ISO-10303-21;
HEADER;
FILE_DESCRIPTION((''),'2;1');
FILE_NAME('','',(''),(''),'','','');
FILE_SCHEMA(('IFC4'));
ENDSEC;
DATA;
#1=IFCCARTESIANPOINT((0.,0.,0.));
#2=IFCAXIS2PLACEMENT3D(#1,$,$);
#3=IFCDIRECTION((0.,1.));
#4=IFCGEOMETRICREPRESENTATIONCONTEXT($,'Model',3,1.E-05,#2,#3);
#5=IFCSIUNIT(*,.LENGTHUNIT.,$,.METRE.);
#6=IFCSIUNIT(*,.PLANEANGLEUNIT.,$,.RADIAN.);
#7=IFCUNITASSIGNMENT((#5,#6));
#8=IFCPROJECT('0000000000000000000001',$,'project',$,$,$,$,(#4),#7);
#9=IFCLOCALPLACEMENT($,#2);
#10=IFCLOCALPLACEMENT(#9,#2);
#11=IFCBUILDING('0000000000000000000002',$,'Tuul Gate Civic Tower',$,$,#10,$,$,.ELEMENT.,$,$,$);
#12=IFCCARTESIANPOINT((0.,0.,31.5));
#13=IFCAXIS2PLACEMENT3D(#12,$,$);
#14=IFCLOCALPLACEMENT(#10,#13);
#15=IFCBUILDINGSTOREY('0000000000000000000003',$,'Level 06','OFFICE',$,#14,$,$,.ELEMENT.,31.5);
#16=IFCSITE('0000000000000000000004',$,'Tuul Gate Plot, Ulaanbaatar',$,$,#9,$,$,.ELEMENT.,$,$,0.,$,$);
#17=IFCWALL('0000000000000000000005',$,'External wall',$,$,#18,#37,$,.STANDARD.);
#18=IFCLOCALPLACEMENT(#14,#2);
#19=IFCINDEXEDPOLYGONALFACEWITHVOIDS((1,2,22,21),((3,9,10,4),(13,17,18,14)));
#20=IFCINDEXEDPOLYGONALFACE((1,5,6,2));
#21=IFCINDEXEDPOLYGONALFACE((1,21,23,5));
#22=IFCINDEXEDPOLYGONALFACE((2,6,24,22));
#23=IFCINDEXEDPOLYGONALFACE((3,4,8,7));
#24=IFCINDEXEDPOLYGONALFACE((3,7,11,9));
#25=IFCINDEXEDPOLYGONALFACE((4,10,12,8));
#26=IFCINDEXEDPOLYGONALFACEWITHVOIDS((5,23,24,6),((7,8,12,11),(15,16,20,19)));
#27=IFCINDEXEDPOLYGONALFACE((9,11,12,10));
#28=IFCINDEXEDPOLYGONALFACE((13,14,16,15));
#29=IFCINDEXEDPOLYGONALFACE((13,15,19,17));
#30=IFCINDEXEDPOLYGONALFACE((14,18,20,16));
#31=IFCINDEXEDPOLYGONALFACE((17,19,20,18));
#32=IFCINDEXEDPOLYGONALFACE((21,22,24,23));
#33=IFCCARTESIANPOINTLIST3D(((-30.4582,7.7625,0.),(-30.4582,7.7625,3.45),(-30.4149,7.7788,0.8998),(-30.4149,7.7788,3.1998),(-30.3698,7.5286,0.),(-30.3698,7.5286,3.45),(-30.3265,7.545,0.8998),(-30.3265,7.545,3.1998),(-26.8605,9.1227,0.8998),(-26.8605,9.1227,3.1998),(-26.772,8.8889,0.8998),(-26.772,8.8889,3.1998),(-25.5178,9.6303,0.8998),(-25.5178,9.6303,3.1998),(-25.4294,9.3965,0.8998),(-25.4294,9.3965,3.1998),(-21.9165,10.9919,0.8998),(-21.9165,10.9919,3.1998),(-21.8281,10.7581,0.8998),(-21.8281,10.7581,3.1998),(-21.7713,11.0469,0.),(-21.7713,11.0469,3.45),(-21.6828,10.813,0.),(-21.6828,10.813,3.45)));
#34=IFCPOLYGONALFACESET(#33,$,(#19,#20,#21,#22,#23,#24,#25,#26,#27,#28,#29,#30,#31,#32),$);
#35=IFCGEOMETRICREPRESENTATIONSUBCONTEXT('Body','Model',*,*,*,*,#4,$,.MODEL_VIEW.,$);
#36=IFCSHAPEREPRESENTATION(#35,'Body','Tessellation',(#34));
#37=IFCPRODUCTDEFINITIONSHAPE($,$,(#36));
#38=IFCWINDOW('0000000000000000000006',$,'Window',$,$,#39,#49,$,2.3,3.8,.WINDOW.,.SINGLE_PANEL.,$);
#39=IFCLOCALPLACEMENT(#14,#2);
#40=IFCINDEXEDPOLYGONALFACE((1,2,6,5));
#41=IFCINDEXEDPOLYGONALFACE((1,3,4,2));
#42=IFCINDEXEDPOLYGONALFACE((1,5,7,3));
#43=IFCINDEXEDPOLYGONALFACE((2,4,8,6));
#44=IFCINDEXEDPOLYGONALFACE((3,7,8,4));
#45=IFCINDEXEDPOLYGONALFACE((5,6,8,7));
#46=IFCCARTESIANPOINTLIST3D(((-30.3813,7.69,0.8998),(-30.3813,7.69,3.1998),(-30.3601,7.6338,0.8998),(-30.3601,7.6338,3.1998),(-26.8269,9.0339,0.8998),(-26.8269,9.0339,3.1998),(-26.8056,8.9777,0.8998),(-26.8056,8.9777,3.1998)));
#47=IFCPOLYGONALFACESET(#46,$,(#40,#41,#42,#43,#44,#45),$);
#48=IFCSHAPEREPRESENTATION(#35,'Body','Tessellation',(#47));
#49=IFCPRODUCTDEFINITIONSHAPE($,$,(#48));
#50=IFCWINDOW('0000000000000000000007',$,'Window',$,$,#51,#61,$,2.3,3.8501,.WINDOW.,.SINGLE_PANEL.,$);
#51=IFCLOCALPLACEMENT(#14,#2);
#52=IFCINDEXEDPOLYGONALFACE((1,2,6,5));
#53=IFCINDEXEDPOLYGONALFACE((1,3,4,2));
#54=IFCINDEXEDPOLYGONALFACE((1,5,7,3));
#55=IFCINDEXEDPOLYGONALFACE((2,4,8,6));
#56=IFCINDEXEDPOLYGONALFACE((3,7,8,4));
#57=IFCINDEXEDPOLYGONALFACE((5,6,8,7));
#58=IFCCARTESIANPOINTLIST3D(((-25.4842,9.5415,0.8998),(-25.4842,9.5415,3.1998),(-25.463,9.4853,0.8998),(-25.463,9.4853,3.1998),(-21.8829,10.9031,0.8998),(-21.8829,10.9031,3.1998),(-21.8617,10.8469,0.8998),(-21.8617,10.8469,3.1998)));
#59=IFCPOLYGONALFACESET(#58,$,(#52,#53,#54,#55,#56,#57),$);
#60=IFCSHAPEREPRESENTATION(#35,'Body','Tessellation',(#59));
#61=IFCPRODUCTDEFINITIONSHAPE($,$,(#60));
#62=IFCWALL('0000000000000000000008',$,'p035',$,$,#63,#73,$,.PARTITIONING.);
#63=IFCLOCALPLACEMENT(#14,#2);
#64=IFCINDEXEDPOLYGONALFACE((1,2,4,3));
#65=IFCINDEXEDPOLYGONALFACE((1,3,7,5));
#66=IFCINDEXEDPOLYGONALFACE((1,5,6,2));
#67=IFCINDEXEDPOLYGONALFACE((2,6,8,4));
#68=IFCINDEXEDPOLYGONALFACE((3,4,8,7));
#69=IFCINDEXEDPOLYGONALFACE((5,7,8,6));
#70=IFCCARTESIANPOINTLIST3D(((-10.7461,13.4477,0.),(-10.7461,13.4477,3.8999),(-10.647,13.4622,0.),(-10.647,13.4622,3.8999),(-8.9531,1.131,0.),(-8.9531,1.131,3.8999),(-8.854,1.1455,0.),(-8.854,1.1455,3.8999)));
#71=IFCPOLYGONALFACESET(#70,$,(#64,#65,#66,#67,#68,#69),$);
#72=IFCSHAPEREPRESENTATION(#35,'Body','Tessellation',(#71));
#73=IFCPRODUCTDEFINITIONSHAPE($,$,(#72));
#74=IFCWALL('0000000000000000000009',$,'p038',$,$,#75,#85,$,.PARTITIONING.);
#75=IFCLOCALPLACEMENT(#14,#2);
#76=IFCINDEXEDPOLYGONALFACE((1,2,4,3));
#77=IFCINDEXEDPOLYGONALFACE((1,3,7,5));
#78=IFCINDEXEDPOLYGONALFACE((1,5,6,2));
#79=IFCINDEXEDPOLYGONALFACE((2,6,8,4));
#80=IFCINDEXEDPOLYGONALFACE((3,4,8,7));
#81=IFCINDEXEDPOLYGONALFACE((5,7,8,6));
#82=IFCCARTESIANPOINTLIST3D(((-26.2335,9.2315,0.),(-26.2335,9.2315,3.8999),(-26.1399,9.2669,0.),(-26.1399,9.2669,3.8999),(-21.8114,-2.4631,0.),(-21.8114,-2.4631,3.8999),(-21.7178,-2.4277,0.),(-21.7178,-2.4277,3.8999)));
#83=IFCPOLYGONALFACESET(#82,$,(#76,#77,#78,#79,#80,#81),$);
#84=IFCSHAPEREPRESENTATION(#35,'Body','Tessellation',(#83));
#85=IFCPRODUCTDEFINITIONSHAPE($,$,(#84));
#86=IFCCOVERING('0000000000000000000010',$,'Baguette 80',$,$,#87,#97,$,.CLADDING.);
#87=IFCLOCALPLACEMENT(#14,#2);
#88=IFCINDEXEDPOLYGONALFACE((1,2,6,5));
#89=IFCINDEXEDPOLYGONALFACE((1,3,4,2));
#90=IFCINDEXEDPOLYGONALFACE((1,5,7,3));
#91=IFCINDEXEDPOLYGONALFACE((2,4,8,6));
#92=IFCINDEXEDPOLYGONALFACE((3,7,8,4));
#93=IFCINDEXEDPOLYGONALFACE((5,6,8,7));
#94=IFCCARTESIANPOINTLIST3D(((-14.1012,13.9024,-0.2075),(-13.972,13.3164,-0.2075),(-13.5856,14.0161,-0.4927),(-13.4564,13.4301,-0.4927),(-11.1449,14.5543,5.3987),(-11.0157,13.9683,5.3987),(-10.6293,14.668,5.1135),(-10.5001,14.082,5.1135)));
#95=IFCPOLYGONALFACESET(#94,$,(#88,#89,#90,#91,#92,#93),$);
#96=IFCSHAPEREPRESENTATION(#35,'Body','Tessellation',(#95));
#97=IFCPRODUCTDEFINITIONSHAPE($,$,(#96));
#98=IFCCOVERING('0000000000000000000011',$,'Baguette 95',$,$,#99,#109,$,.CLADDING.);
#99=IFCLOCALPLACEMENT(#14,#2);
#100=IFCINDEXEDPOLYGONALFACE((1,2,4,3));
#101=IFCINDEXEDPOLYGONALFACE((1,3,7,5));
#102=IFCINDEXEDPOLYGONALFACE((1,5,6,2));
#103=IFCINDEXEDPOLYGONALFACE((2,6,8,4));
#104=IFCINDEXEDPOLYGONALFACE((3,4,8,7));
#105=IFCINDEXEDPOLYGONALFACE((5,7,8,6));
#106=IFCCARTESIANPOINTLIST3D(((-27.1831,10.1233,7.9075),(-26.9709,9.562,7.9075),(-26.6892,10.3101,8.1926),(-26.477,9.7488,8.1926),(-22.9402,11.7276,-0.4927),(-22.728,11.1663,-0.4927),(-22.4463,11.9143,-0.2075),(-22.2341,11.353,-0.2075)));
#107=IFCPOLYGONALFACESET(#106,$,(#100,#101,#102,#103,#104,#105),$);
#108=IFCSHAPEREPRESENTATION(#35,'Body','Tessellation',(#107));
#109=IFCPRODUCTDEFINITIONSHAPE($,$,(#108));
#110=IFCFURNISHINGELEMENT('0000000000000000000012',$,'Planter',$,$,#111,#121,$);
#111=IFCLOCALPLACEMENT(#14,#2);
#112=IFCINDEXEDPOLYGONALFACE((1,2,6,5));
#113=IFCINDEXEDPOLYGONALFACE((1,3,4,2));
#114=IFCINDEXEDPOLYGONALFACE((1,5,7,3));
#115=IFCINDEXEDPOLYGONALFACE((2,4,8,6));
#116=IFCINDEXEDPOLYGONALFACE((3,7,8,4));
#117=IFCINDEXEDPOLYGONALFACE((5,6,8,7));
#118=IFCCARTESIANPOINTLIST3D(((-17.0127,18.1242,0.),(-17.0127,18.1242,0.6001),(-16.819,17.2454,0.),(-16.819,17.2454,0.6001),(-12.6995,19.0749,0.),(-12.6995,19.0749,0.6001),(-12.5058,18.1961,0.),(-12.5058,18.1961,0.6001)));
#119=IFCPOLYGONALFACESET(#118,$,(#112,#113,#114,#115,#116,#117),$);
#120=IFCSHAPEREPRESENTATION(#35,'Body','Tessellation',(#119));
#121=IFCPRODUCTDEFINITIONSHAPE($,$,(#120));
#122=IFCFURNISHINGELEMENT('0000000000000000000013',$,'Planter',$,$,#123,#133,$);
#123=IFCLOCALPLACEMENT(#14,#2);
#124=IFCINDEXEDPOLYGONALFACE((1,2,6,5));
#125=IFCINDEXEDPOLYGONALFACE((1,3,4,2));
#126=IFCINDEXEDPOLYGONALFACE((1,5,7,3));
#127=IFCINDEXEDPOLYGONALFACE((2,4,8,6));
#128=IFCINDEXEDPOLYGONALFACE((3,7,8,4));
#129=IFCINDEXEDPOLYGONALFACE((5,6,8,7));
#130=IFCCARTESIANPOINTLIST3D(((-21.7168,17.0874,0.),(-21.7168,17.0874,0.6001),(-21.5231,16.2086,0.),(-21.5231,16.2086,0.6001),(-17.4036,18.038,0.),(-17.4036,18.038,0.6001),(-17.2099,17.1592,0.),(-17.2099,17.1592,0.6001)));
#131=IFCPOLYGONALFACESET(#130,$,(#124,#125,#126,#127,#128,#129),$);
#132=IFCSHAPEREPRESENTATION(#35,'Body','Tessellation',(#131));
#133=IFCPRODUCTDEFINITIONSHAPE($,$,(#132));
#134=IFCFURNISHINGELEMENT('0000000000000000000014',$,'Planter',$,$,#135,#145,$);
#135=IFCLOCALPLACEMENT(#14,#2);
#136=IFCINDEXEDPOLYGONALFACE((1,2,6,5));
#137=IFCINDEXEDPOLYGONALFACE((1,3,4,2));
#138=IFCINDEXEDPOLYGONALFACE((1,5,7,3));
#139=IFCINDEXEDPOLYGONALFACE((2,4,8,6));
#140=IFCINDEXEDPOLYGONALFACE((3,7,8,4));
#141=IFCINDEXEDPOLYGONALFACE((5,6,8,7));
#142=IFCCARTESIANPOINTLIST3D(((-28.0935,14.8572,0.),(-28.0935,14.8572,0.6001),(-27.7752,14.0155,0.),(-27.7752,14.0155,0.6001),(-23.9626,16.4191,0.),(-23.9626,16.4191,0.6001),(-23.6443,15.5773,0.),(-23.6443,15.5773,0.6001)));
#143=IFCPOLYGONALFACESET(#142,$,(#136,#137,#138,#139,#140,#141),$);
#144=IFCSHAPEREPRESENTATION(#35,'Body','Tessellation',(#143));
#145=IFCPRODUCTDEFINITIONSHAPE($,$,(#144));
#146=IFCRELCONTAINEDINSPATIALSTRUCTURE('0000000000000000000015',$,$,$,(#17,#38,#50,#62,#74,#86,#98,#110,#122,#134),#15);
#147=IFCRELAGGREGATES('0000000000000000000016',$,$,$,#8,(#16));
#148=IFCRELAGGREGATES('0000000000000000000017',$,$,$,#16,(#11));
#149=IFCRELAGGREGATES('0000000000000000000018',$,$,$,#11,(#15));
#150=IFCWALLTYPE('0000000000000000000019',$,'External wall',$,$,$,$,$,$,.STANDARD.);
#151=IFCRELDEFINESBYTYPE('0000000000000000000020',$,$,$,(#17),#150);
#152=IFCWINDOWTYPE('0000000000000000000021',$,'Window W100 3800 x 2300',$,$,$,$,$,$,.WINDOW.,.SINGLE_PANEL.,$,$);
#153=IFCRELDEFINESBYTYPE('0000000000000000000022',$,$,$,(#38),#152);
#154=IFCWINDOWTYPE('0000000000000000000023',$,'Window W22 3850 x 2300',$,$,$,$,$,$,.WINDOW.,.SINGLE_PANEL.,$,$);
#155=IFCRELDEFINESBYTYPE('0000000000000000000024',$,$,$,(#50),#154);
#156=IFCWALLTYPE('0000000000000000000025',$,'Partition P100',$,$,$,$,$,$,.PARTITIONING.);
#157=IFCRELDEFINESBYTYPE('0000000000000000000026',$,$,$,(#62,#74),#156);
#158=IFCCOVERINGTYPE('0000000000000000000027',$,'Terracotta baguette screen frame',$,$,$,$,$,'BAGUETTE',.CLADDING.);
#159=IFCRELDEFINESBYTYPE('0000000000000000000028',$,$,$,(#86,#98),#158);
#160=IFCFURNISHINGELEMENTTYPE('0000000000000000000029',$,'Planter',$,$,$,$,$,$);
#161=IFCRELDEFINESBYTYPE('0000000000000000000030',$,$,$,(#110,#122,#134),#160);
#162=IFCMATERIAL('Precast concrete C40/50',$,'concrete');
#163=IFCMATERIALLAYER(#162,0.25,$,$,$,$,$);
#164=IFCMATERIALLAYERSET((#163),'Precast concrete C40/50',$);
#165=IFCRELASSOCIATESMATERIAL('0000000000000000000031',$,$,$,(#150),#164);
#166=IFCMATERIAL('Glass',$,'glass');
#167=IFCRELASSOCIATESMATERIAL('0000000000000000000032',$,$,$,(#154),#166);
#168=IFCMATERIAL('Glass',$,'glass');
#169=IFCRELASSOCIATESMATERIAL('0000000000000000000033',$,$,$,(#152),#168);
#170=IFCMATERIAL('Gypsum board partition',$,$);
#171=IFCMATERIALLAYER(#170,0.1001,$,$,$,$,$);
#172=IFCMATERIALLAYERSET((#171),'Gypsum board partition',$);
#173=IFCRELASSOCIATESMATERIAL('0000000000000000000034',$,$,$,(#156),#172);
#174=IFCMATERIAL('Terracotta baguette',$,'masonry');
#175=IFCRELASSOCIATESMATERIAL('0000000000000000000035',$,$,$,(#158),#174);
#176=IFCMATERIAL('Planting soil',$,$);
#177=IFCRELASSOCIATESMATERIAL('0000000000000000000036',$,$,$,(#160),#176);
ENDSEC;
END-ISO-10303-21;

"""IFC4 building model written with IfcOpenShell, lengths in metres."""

from ifc_helpers import new_model, si_unit, direction, frame, frame_2d, origin, origin_2d, place, context, subcontext, project, spatial, rectangle, extrude, material, layer, layer_set, material_profile, profile_set, type_object, element, fill, save


model = new_model("IFC4")

# Units and contexts
model_context = context("Model", 3, precision=1e-05, world=origin(), true_north=direction((0.0, 1.0)))
body_context = subcontext(model_context, "Body", "Model", "MODEL_VIEW")
ifc_project = project(units=[si_unit("LENGTHUNIT", "METRE"), si_unit("PLANEANGLEUNIT", "RADIAN")], contexts=[model_context])

# Site, building, storey
site_placement = place(None, origin())
site = spatial("IfcSite", under=ifc_project, at=site_placement, Name="Tuul Gate Plot, Ulaanbaatar", CompositionType="ELEMENT", RefElevation=0.0)
building_placement = place(site_placement, origin())
building = spatial("IfcBuilding", under=site, at=building_placement, Name="Tuul Gate Civic Tower", CompositionType="ELEMENT")
storey_placement = place(building_placement, frame((0.0, 0.0, 31.5)))
storey = spatial("IfcBuildingStorey", under=building, at=storey_placement, Name="Level 06", Description="OFFICE", CompositionType="ELEMENT", Elevation=31.5)

# Shared definitions
ifc_material_1 = material(Name="Precast concrete C40/50", Category="concrete")
ifc_layer_1 = layer(ifc_material_1, 0.25)
ifc_layer_set_1 = layer_set([ifc_layer_1], Name="Precast concrete C40/50")
wall_type_1 = type_object("IfcWallType", Name="External wall", PredefinedType="STANDARD", material=ifc_layer_set_1)
ifc_material_2 = material(Name="Glass", Category="glass")
window_type_1 = type_object("IfcWindowType", Name="Window W22 3850 x 2300", PartitioningType="SINGLE_PANEL", PredefinedType="WINDOW", material=ifc_material_2)

# Wall, openings, windows
wall_1_placement = place(storey_placement, frame((-21.7271, 10.9299, 0.0), z_axis=(0.0, 0.0, 1.0), x_axis=(-0.935377, -0.353652, 0.0)))
wall_1 = element("IfcWall", 1, at=wall_1_placement, inside=storey, type_object=wall_type_1, Name="External wall", PredefinedType="STANDARD", context=body_context, shape_type="SweptSolid", body=[
    extrude(rectangle(XDim=9.2871, YDim=0.25, at=frame_2d((4.6436, 0.0))), origin(), (0.0, 0.0, 1.0), 3.45),
])
opening_1_placement = place(wall_1_placement, frame((0.1553, 0.0, 0.8999)))
opening_1 = element("IfcOpeningElement", 2, at=opening_1_placement, cuts=wall_1, PredefinedType="OPENING", context=body_context, shape_type="SweptSolid", body=[
    extrude(rectangle(XDim=3.8501, YDim=2.3, at=frame_2d((1.925, 1.1499))), frame((0.0, 0.135, 0.0), z_axis=(0.0, -1.0, 0.0), x_axis=(1.0, 0.0, 0.0)), (0.0, 0.0, 1.0), 0.27),
])
opening_2_placement = place(wall_1_placement, frame((5.4409, 0.0, 0.8999)))
opening_2 = element("IfcOpeningElement", 3, at=opening_2_placement, cuts=wall_1, PredefinedType="OPENING", context=body_context, shape_type="SweptSolid", body=[
    extrude(rectangle(XDim=3.8, YDim=2.3, at=frame_2d((1.8999, 1.1499))), frame((0.0, 0.135, 0.0), z_axis=(0.0, -1.0, 0.0), x_axis=(1.0, 0.0, 0.0)), (0.0, 0.0, 1.0), 0.27),
])
ifc_material_3 = material(Name="Glass", Category="glass")
window_type_2 = type_object("IfcWindowType", Name="Window W100 3800 x 2300", PartitioningType="SINGLE_PANEL", PredefinedType="WINDOW", material=ifc_material_3)
window_1_placement = place(opening_2_placement, origin())
window_1 = element("IfcWindow", 4, at=window_1_placement, inside=storey, type_object=window_type_2, Name="Window", OverallHeight=2.3, OverallWidth=3.8, PartitioningType="SINGLE_PANEL", PredefinedType="WINDOW", context=body_context, shape_type="SweptSolid", body=[
    extrude(rectangle(XDim=3.8, YDim=2.3, at=frame_2d((1.8999, 1.1499))), frame((0.0, 0.03, 0.0), z_axis=(0.0, -1.0, 0.0), x_axis=(1.0, 0.0, 0.0)), (0.0, 0.0, 1.0), 0.0601),
])
fill(opening_2, window_1)
window_2_placement = place(opening_1_placement, origin())
window_2 = element("IfcWindow", 5, at=window_2_placement, inside=storey, type_object=window_type_1, Name="Window", OverallHeight=2.3, OverallWidth=3.8501, PartitioningType="SINGLE_PANEL", PredefinedType="WINDOW", context=body_context, shape_type="SweptSolid", body=[
    extrude(rectangle(XDim=3.8501, YDim=2.3, at=frame_2d((1.925, 1.1499))), frame((0.0, 0.03, 0.0), z_axis=(0.0, -1.0, 0.0), x_axis=(1.0, 0.0, 0.0)), (0.0, 0.0, 1.0), 0.0601),
])
fill(opening_1, window_2)

# Walls
ifc_material_4 = material(Name="Gypsum board partition")
ifc_layer_2 = layer(ifc_material_4, 0.1001)
ifc_layer_set_2 = layer_set([ifc_layer_2], Name="Gypsum board partition")
wall_type_2 = type_object("IfcWallType", Name="Partition P100", PredefinedType="PARTITIONING", material=ifc_layer_set_2)
wall_2_placement = place(storey_placement, frame((-10.6965, 13.4548, 0.0), z_axis=(0.0, 0.0, 1.0), x_axis=(0.144054, -0.98957, 0.0)))
element("IfcWall", 6, at=wall_2_placement, inside=storey, type_object=wall_type_2, Name="p035", PredefinedType="PARTITIONING", context=body_context, shape_type="SweptSolid", body=[
    extrude(rectangle(XDim=12.4465, YDim=0.1001, at=frame_2d((6.2231, 0.0))), origin(), (0.0, 0.0, 1.0), 3.8999),
])
wall_3_placement = place(storey_placement, frame((-26.1868, 9.2493, 0.0), z_axis=(0.0, 0.0, 1.0), x_axis=(0.353692, -0.935362, 0.0)))
element("IfcWall", 7, at=wall_3_placement, inside=storey, type_object=wall_type_2, Name="p038", PredefinedType="PARTITIONING", context=body_context, shape_type="SweptSolid", body=[
    extrude(rectangle(XDim=12.5027, YDim=0.1001, at=frame_2d((6.2515, 0.0))), origin(), (0.0, 0.0, 1.0), 3.8999),
])

# Coverings
ifc_material_5 = material(Name="Terracotta baguette", Category="masonry")
ifc_material_profile_1 = material_profile(ifc_material_5, rectangle(XDim=0.6001, YDim=0.6001, at=origin_2d()), Name="Terracotta baguette screen frame")
ifc_profile_set_1 = profile_set([ifc_material_profile_1], Name="Terracotta baguette")
covering_type = type_object("IfcCoveringType", Name="Terracotta baguette screen frame", ElementType="BAGUETTE", PredefinedType="CLADDING", material=ifc_profile_set_1)
covering_1_placement = place(storey_placement, frame((-10.8225, 14.3181, 5.2561), z_axis=(-0.463999, -0.10231, -0.879908), x_axis=(0.215325, -0.976542, 0.0)))
element("IfcCovering", 8, at=covering_1_placement, inside=storey, type_object=covering_type, Name="Baguette 80", PredefinedType="CLADDING", context=body_context, shape_type="SweptSolid", body=[
    extrude(rectangle(XDim=0.6001, YDim=0.6001, at=origin_2d()), origin(), (0.0, 0.0, 1.0), 6.3713),
])
covering_2_placement = place(storey_placement, frame((-26.8301, 9.936, 8.05), z_axis=(0.444441, 0.168043, -0.879906), x_axis=(-0.353664, 0.935372, 0.0)))
element("IfcCovering", 9, at=covering_2_placement, inside=storey, type_object=covering_type, Name="Baguette 95", PredefinedType="CLADDING", context=body_context, shape_type="SweptSolid", body=[
    extrude(rectangle(XDim=0.6001, YDim=0.6001, at=origin_2d()), origin(), (0.0, 0.0, 1.0), 9.5466),
])

# Furnishing elements
ifc_material_6 = material(Name="Planting soil")
furnishing_element_type = type_object("IfcFurnishingElementType", Name="Planter", material=ifc_material_6)
for number, where, z_axis, x_axis, name in (
    (10, (-14.7593, 18.1602, 0.0), (0.0, 0.0, 1.0), (-0.976562, -0.215237, 0.0), "Planter"),
    (11, (-19.4634, 17.1233, 0.0), (0.0, 0.0, 1.0), (-0.976562, -0.215237, 0.0), "Planter"),
):
    element("IfcFurnishingElement", number, at=place(storey_placement, frame(where, z_axis=z_axis, x_axis=x_axis)), inside=storey, type_object=furnishing_element_type, Name=name, context=body_context, shape_type="SweptSolid", body=[
        extrude(rectangle(XDim=4.4167, YDim=0.8999, at=origin_2d()), origin(), (0.0, 0.0, 1.0), 0.6001),
    ])
furnishing_placement = place(storey_placement, frame((-25.8689, 15.2173, 0.0), z_axis=(0.0, 0.0, 1.0), x_axis=(-0.935375, -0.353656, 0.0)))
element("IfcFurnishingElement", 12, at=furnishing_placement, inside=storey, type_object=furnishing_element_type, Name="Planter", context=body_context, shape_type="SweptSolid", body=[
    extrude(rectangle(XDim=4.4163, YDim=0.8999, at=origin_2d()), origin(), (0.0, 0.0, 1.0), 0.6001),
])

save(model, "model.ifc")
